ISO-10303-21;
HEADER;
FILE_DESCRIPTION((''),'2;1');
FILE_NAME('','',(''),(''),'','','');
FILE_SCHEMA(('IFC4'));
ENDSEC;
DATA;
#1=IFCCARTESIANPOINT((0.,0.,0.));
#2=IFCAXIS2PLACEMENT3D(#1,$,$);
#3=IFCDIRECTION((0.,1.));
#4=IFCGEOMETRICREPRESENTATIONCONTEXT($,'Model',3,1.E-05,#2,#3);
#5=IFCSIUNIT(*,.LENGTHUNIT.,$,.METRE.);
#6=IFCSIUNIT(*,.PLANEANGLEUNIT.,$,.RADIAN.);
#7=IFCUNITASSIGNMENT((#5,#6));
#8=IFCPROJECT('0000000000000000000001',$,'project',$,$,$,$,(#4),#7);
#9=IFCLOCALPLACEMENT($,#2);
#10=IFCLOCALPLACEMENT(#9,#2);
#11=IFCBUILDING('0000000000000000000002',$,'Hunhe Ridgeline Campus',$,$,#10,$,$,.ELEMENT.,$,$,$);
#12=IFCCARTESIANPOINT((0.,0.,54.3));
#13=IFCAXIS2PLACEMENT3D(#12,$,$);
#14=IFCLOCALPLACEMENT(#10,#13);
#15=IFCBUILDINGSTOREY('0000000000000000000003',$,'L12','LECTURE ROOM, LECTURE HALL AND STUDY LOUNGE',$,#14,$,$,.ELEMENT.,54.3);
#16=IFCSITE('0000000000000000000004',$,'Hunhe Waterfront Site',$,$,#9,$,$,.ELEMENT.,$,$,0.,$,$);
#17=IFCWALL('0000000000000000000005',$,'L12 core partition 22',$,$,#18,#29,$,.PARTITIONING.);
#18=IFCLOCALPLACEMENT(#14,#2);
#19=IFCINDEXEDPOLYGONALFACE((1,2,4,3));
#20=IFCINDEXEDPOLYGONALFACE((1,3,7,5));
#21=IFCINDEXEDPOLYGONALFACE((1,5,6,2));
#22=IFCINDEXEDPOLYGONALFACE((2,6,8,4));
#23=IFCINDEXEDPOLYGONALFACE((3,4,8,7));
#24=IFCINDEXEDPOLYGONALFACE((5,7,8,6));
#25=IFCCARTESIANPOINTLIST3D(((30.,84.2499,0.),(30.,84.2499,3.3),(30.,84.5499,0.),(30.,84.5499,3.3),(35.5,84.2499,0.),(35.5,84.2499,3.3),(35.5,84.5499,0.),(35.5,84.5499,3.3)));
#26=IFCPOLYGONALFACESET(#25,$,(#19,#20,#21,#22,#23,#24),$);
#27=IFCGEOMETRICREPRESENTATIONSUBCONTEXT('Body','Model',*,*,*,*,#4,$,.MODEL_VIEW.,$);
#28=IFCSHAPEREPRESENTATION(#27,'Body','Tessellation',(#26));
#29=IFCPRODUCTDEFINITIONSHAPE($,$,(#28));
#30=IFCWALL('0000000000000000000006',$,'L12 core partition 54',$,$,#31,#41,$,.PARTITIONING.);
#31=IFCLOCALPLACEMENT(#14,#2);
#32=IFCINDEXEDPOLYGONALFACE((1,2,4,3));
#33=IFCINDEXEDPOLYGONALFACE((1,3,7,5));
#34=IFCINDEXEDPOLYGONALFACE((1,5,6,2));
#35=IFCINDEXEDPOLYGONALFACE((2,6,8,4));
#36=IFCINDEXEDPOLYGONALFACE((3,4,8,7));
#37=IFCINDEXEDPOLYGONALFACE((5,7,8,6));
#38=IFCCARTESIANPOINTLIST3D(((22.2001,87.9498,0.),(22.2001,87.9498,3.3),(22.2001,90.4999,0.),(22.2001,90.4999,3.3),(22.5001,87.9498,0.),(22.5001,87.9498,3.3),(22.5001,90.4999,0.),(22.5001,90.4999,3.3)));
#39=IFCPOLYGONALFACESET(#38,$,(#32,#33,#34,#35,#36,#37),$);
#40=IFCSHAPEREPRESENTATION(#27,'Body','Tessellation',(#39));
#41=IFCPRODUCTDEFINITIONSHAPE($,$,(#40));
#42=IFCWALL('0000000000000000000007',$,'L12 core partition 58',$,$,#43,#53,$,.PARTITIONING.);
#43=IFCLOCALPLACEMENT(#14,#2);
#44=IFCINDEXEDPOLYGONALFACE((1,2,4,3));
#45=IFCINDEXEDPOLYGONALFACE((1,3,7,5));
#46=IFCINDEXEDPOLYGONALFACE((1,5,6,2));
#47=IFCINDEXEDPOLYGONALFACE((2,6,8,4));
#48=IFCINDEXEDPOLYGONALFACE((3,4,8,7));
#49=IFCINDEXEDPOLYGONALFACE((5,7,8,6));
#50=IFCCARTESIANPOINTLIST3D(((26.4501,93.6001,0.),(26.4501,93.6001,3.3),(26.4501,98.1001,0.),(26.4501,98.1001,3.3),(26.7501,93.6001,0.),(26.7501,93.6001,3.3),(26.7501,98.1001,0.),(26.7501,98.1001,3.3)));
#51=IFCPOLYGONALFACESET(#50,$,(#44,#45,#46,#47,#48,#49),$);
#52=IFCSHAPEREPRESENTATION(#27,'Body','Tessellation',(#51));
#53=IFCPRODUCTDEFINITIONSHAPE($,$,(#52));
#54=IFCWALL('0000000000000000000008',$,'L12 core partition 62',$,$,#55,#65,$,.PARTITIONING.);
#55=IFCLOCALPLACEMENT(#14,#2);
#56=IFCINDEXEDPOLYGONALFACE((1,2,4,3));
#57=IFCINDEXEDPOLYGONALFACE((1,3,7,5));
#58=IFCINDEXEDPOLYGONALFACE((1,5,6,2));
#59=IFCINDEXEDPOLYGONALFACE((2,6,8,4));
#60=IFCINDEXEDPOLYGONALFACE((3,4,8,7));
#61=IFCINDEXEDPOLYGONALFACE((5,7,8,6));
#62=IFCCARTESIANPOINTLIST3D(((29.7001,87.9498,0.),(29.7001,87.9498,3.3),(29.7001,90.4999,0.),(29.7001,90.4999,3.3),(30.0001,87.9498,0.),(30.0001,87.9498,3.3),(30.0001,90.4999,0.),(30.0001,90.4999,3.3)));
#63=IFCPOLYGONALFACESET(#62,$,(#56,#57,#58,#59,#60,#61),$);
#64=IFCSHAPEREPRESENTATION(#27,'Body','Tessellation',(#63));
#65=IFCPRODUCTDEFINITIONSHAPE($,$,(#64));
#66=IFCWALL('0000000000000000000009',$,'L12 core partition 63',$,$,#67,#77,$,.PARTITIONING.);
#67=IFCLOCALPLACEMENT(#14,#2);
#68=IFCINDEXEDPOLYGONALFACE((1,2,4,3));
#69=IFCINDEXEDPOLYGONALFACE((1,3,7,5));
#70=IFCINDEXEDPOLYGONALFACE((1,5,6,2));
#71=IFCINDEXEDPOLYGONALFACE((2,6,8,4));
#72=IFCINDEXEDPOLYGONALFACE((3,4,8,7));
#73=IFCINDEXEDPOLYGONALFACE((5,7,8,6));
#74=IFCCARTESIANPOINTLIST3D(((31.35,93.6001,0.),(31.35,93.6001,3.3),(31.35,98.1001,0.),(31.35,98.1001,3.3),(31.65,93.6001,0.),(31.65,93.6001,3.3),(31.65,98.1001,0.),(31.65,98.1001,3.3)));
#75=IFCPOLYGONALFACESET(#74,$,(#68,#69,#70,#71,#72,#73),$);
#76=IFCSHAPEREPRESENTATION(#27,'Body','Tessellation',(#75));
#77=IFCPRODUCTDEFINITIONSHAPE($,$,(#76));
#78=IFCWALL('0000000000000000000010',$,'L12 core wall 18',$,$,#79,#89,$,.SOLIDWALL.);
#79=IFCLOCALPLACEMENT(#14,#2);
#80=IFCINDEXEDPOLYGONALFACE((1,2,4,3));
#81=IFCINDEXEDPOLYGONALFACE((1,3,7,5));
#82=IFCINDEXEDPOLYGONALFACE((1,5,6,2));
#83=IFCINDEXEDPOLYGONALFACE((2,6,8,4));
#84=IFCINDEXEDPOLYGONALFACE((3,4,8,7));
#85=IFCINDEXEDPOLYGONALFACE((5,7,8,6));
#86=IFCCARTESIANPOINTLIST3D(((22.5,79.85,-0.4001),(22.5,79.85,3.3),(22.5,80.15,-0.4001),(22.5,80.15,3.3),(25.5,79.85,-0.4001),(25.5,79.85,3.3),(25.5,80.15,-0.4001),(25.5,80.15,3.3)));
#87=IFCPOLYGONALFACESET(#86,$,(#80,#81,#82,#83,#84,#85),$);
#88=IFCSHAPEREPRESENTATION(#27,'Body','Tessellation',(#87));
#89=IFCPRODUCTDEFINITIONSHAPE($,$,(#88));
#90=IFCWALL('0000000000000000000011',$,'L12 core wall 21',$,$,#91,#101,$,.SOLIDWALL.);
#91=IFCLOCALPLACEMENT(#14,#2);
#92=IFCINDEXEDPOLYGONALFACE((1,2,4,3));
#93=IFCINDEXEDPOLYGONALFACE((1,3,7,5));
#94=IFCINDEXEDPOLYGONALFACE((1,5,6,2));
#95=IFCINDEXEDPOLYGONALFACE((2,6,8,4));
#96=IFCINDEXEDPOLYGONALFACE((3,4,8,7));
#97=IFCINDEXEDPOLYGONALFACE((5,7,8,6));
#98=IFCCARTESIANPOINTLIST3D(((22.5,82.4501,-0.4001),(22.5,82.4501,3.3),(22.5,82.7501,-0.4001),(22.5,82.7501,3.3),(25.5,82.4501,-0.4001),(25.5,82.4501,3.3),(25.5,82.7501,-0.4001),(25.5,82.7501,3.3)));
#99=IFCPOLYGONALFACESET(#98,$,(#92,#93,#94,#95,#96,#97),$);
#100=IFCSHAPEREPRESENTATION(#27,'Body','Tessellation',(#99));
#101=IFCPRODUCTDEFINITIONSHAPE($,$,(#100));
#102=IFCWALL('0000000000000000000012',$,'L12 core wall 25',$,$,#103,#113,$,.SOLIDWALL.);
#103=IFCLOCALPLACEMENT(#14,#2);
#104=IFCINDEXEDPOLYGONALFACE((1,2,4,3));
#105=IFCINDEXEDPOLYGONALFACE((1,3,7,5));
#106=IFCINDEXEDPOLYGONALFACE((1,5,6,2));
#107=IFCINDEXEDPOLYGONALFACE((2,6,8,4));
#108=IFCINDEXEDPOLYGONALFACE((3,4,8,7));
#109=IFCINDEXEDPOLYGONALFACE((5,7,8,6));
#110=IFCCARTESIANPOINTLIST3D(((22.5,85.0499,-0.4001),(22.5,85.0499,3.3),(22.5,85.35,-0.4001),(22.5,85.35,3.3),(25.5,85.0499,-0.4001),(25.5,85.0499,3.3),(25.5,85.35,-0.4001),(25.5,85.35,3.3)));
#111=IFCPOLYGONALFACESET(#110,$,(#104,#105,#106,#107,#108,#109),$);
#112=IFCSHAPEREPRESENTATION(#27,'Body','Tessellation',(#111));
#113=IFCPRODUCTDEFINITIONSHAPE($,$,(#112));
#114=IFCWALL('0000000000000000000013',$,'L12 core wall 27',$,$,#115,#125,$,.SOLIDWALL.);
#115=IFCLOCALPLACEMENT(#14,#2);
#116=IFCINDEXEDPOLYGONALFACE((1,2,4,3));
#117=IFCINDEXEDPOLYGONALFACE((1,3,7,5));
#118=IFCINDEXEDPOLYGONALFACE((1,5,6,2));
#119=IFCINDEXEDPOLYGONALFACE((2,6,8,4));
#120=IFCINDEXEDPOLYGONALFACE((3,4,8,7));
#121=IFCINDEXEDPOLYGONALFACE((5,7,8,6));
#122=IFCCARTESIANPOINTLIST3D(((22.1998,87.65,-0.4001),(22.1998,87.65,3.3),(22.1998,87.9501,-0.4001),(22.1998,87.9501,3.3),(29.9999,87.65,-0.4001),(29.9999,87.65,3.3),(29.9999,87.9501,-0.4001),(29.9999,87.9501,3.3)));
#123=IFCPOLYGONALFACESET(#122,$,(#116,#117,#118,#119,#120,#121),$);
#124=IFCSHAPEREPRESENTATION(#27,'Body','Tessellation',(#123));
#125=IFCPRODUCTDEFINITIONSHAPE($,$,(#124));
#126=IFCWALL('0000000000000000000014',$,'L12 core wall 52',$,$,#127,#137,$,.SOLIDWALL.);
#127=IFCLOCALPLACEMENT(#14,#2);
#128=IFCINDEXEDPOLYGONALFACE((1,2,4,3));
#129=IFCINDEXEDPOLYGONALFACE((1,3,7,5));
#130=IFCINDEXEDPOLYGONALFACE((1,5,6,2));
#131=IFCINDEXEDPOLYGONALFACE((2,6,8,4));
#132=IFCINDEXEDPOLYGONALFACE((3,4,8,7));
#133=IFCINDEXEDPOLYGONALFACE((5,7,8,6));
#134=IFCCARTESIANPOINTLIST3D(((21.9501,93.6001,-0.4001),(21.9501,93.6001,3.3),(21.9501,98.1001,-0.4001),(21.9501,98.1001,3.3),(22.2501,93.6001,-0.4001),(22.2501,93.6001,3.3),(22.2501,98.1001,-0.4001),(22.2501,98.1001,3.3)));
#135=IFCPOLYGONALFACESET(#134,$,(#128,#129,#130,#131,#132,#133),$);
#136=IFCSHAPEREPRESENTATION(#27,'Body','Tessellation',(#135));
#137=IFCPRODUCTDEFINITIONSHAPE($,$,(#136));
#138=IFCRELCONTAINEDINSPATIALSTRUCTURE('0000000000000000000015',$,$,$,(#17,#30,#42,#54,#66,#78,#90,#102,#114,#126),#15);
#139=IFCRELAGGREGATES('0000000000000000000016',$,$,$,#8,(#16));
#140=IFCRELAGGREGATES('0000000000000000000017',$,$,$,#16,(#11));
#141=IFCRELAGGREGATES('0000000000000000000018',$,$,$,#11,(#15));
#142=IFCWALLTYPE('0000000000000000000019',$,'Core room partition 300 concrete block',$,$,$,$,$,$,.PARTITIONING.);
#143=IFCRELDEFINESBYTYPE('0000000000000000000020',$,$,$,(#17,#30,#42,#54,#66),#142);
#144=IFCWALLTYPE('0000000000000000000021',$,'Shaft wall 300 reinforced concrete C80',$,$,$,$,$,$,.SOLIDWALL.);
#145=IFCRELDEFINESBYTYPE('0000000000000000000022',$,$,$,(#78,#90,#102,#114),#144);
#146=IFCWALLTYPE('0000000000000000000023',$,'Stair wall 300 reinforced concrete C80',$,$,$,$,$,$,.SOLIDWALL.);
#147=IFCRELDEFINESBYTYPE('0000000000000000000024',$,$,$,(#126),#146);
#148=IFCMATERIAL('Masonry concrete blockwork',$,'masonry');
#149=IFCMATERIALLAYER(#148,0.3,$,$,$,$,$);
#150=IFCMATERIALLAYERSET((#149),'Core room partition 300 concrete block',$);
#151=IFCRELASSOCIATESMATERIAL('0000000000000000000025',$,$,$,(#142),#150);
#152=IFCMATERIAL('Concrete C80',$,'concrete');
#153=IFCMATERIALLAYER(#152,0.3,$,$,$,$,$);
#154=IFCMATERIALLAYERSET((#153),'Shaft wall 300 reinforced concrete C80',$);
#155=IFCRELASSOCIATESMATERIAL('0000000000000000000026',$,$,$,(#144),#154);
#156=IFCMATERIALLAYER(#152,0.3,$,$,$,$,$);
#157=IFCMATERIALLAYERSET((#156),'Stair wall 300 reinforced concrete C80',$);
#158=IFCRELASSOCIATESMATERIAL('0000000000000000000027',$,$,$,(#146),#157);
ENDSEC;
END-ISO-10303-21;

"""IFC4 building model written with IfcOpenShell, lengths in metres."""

from ifc_helpers import new_model, si_unit, direction, frame, frame_2d, origin, place, context, subcontext, project, spatial, rectangle, extrude, material, layer, layer_set, type_object, element, save


model = new_model("IFC4")

# Units and contexts
model_context = context("Model", 3, precision=1e-05, world=origin(), true_north=direction((0.0, 1.0)))
body_context = subcontext(model_context, "Body", "Model", "MODEL_VIEW")
ifc_project = project(units=[si_unit("LENGTHUNIT", "METRE"), si_unit("PLANEANGLEUNIT", "RADIAN")], contexts=[model_context])

# Site, building, storey
site_placement = place(None, origin())
site = spatial("IfcSite", under=ifc_project, at=site_placement, Name="Hunhe Waterfront Site", CompositionType="ELEMENT", RefElevation=0.0)
building_placement = place(site_placement, origin())
building = spatial("IfcBuilding", under=site, at=building_placement, Name="Hunhe Ridgeline Campus", CompositionType="ELEMENT")
storey_placement = place(building_placement, frame((0.0, 0.0, 54.3)))
storey = spatial("IfcBuildingStorey", under=building, at=storey_placement, Name="L12", Description="LECTURE ROOM, LECTURE HALL AND STUDY LOUNGE", CompositionType="ELEMENT", Elevation=54.3)

# Walls
ifc_material_1 = material(Name="Masonry concrete blockwork", Category="masonry")
ifc_layer_1 = layer(ifc_material_1, 0.3)
ifc_layer_set_1 = layer_set([ifc_layer_1], Name="Core room partition 300 concrete block")
wall_type_1 = type_object("IfcWallType", Name="Core room partition 300 concrete block", PredefinedType="PARTITIONING", material=ifc_layer_set_1)
wall_1_placement = place(storey_placement, frame((30.0, 84.3999, 0.0), z_axis=(0.0, 0.0, 1.0), x_axis=(1.0, 0.0, 0.0)))
element("IfcWall", 1, at=wall_1_placement, inside=storey, type_object=wall_type_1, Name="L12 core partition 22", PredefinedType="PARTITIONING", context=body_context, shape_type="SweptSolid", body=[
    extrude(rectangle(XDim=5.5, YDim=0.3, at=frame_2d((2.75, 0.0))), origin(), (0.0, 0.0, 1.0), 3.3),
])
wall_2_placement = place(storey_placement, frame((22.3501, 87.95, 0.0), z_axis=(0.0, 0.0, 1.0), x_axis=(0.0, 1.0, 0.0)))
element("IfcWall", 2, at=wall_2_placement, inside=storey, type_object=wall_type_1, Name="L12 core partition 54", PredefinedType="PARTITIONING", context=body_context, shape_type="SweptSolid", body=[
    extrude(rectangle(XDim=2.55, YDim=0.3, at=frame_2d((1.2749, 0.0))), origin(), (0.0, 0.0, 1.0), 3.3),
])
wall_3_placement = place(storey_placement, frame((26.6001, 93.6001, 0.0), z_axis=(0.0, 0.0, 1.0), x_axis=(0.0, 1.0, 0.0)))
element("IfcWall", 3, at=wall_3_placement, inside=storey, type_object=wall_type_1, Name="L12 core partition 58", PredefinedType="PARTITIONING", context=body_context, shape_type="SweptSolid", body=[
    extrude(rectangle(XDim=4.5, YDim=0.3, at=frame_2d((2.25, 0.0))), origin(), (0.0, 0.0, 1.0), 3.3),
])
wall_4_placement = place(storey_placement, frame((29.8501, 87.95, 0.0), z_axis=(0.0, 0.0, 1.0), x_axis=(0.0, 1.0, 0.0)))
element("IfcWall", 4, at=wall_4_placement, inside=storey, type_object=wall_type_1, Name="L12 core partition 62", PredefinedType="PARTITIONING", context=body_context, shape_type="SweptSolid", body=[
    extrude(rectangle(XDim=2.55, YDim=0.3, at=frame_2d((1.2749, 0.0))), origin(), (0.0, 0.0, 1.0), 3.3),
])
wall_5_placement = place(storey_placement, frame((31.5, 93.6001, 0.0), z_axis=(0.0, 0.0, 1.0), x_axis=(0.0, 1.0, 0.0)))
element("IfcWall", 5, at=wall_5_placement, inside=storey, type_object=wall_type_1, Name="L12 core partition 63", PredefinedType="PARTITIONING", context=body_context, shape_type="SweptSolid", body=[
    extrude(rectangle(XDim=4.5, YDim=0.3, at=frame_2d((2.25, 0.0))), origin(), (0.0, 0.0, 1.0), 3.3),
])
ifc_material_2 = material(Name="Concrete C80", Category="concrete")
ifc_layer_2 = layer(ifc_material_2, 0.3)
ifc_layer_set_2 = layer_set([ifc_layer_2], Name="Shaft wall 300 reinforced concrete C80")
wall_type_2 = type_object("IfcWallType", Name="Shaft wall 300 reinforced concrete C80", PredefinedType="SOLIDWALL", material=ifc_layer_set_2)
for number, where, z_axis, x_axis, name in (
    (6, (22.5, 80.0, -0.4001), (0.0, 0.0, 1.0), (1.0, 0.0, 0.0), "L12 core wall 18"),
    (7, (22.5, 82.6001, -0.4001), (0.0, 0.0, 1.0), (1.0, 0.0, 0.0), "L12 core wall 21"),
    (8, (22.5, 85.2, -0.4001), (0.0, 0.0, 1.0), (1.0, 0.0, 0.0), "L12 core wall 25"),
):
    element("IfcWall", number, at=place(storey_placement, frame(where, z_axis=z_axis, x_axis=x_axis)), inside=storey, type_object=wall_type_2, Name=name, PredefinedType="SOLIDWALL", context=body_context, shape_type="SweptSolid", body=[
        extrude(rectangle(XDim=3.0, YDim=0.3, at=frame_2d((1.5, 0.0))), origin(), (0.0, 0.0, 1.0), 3.7002),
    ])
wall_6_placement = place(storey_placement, frame((22.2, 87.8, -0.4001), z_axis=(0.0, 0.0, 1.0), x_axis=(1.0, 0.0, 0.0)))
element("IfcWall", 9, at=wall_6_placement, inside=storey, type_object=wall_type_2, Name="L12 core wall 27", PredefinedType="SOLIDWALL", context=body_context, shape_type="SweptSolid", body=[
    extrude(rectangle(XDim=7.8, YDim=0.3, at=frame_2d((3.8999, 0.0))), origin(), (0.0, 0.0, 1.0), 3.7002),
])

# Shared definitions
ifc_layer_3 = layer(ifc_material_2, 0.3)
ifc_layer_set_3 = layer_set([ifc_layer_3], Name="Stair wall 300 reinforced concrete C80")
wall_type_3 = type_object("IfcWallType", Name="Stair wall 300 reinforced concrete C80", PredefinedType="SOLIDWALL", material=ifc_layer_set_3)

# Wall
wall_7_placement = place(storey_placement, frame((22.1001, 93.6001, -0.4001), z_axis=(0.0, 0.0, 1.0), x_axis=(0.0, 1.0, 0.0)))
element("IfcWall", 10, at=wall_7_placement, inside=storey, type_object=wall_type_3, Name="L12 core wall 52", PredefinedType="SOLIDWALL", context=body_context, shape_type="SweptSolid", body=[
    extrude(rectangle(XDim=4.5, YDim=0.3, at=frame_2d((2.25, 0.0))), origin(), (0.0, 0.0, 1.0), 3.7002),
])

save(model, "model.ifc")
